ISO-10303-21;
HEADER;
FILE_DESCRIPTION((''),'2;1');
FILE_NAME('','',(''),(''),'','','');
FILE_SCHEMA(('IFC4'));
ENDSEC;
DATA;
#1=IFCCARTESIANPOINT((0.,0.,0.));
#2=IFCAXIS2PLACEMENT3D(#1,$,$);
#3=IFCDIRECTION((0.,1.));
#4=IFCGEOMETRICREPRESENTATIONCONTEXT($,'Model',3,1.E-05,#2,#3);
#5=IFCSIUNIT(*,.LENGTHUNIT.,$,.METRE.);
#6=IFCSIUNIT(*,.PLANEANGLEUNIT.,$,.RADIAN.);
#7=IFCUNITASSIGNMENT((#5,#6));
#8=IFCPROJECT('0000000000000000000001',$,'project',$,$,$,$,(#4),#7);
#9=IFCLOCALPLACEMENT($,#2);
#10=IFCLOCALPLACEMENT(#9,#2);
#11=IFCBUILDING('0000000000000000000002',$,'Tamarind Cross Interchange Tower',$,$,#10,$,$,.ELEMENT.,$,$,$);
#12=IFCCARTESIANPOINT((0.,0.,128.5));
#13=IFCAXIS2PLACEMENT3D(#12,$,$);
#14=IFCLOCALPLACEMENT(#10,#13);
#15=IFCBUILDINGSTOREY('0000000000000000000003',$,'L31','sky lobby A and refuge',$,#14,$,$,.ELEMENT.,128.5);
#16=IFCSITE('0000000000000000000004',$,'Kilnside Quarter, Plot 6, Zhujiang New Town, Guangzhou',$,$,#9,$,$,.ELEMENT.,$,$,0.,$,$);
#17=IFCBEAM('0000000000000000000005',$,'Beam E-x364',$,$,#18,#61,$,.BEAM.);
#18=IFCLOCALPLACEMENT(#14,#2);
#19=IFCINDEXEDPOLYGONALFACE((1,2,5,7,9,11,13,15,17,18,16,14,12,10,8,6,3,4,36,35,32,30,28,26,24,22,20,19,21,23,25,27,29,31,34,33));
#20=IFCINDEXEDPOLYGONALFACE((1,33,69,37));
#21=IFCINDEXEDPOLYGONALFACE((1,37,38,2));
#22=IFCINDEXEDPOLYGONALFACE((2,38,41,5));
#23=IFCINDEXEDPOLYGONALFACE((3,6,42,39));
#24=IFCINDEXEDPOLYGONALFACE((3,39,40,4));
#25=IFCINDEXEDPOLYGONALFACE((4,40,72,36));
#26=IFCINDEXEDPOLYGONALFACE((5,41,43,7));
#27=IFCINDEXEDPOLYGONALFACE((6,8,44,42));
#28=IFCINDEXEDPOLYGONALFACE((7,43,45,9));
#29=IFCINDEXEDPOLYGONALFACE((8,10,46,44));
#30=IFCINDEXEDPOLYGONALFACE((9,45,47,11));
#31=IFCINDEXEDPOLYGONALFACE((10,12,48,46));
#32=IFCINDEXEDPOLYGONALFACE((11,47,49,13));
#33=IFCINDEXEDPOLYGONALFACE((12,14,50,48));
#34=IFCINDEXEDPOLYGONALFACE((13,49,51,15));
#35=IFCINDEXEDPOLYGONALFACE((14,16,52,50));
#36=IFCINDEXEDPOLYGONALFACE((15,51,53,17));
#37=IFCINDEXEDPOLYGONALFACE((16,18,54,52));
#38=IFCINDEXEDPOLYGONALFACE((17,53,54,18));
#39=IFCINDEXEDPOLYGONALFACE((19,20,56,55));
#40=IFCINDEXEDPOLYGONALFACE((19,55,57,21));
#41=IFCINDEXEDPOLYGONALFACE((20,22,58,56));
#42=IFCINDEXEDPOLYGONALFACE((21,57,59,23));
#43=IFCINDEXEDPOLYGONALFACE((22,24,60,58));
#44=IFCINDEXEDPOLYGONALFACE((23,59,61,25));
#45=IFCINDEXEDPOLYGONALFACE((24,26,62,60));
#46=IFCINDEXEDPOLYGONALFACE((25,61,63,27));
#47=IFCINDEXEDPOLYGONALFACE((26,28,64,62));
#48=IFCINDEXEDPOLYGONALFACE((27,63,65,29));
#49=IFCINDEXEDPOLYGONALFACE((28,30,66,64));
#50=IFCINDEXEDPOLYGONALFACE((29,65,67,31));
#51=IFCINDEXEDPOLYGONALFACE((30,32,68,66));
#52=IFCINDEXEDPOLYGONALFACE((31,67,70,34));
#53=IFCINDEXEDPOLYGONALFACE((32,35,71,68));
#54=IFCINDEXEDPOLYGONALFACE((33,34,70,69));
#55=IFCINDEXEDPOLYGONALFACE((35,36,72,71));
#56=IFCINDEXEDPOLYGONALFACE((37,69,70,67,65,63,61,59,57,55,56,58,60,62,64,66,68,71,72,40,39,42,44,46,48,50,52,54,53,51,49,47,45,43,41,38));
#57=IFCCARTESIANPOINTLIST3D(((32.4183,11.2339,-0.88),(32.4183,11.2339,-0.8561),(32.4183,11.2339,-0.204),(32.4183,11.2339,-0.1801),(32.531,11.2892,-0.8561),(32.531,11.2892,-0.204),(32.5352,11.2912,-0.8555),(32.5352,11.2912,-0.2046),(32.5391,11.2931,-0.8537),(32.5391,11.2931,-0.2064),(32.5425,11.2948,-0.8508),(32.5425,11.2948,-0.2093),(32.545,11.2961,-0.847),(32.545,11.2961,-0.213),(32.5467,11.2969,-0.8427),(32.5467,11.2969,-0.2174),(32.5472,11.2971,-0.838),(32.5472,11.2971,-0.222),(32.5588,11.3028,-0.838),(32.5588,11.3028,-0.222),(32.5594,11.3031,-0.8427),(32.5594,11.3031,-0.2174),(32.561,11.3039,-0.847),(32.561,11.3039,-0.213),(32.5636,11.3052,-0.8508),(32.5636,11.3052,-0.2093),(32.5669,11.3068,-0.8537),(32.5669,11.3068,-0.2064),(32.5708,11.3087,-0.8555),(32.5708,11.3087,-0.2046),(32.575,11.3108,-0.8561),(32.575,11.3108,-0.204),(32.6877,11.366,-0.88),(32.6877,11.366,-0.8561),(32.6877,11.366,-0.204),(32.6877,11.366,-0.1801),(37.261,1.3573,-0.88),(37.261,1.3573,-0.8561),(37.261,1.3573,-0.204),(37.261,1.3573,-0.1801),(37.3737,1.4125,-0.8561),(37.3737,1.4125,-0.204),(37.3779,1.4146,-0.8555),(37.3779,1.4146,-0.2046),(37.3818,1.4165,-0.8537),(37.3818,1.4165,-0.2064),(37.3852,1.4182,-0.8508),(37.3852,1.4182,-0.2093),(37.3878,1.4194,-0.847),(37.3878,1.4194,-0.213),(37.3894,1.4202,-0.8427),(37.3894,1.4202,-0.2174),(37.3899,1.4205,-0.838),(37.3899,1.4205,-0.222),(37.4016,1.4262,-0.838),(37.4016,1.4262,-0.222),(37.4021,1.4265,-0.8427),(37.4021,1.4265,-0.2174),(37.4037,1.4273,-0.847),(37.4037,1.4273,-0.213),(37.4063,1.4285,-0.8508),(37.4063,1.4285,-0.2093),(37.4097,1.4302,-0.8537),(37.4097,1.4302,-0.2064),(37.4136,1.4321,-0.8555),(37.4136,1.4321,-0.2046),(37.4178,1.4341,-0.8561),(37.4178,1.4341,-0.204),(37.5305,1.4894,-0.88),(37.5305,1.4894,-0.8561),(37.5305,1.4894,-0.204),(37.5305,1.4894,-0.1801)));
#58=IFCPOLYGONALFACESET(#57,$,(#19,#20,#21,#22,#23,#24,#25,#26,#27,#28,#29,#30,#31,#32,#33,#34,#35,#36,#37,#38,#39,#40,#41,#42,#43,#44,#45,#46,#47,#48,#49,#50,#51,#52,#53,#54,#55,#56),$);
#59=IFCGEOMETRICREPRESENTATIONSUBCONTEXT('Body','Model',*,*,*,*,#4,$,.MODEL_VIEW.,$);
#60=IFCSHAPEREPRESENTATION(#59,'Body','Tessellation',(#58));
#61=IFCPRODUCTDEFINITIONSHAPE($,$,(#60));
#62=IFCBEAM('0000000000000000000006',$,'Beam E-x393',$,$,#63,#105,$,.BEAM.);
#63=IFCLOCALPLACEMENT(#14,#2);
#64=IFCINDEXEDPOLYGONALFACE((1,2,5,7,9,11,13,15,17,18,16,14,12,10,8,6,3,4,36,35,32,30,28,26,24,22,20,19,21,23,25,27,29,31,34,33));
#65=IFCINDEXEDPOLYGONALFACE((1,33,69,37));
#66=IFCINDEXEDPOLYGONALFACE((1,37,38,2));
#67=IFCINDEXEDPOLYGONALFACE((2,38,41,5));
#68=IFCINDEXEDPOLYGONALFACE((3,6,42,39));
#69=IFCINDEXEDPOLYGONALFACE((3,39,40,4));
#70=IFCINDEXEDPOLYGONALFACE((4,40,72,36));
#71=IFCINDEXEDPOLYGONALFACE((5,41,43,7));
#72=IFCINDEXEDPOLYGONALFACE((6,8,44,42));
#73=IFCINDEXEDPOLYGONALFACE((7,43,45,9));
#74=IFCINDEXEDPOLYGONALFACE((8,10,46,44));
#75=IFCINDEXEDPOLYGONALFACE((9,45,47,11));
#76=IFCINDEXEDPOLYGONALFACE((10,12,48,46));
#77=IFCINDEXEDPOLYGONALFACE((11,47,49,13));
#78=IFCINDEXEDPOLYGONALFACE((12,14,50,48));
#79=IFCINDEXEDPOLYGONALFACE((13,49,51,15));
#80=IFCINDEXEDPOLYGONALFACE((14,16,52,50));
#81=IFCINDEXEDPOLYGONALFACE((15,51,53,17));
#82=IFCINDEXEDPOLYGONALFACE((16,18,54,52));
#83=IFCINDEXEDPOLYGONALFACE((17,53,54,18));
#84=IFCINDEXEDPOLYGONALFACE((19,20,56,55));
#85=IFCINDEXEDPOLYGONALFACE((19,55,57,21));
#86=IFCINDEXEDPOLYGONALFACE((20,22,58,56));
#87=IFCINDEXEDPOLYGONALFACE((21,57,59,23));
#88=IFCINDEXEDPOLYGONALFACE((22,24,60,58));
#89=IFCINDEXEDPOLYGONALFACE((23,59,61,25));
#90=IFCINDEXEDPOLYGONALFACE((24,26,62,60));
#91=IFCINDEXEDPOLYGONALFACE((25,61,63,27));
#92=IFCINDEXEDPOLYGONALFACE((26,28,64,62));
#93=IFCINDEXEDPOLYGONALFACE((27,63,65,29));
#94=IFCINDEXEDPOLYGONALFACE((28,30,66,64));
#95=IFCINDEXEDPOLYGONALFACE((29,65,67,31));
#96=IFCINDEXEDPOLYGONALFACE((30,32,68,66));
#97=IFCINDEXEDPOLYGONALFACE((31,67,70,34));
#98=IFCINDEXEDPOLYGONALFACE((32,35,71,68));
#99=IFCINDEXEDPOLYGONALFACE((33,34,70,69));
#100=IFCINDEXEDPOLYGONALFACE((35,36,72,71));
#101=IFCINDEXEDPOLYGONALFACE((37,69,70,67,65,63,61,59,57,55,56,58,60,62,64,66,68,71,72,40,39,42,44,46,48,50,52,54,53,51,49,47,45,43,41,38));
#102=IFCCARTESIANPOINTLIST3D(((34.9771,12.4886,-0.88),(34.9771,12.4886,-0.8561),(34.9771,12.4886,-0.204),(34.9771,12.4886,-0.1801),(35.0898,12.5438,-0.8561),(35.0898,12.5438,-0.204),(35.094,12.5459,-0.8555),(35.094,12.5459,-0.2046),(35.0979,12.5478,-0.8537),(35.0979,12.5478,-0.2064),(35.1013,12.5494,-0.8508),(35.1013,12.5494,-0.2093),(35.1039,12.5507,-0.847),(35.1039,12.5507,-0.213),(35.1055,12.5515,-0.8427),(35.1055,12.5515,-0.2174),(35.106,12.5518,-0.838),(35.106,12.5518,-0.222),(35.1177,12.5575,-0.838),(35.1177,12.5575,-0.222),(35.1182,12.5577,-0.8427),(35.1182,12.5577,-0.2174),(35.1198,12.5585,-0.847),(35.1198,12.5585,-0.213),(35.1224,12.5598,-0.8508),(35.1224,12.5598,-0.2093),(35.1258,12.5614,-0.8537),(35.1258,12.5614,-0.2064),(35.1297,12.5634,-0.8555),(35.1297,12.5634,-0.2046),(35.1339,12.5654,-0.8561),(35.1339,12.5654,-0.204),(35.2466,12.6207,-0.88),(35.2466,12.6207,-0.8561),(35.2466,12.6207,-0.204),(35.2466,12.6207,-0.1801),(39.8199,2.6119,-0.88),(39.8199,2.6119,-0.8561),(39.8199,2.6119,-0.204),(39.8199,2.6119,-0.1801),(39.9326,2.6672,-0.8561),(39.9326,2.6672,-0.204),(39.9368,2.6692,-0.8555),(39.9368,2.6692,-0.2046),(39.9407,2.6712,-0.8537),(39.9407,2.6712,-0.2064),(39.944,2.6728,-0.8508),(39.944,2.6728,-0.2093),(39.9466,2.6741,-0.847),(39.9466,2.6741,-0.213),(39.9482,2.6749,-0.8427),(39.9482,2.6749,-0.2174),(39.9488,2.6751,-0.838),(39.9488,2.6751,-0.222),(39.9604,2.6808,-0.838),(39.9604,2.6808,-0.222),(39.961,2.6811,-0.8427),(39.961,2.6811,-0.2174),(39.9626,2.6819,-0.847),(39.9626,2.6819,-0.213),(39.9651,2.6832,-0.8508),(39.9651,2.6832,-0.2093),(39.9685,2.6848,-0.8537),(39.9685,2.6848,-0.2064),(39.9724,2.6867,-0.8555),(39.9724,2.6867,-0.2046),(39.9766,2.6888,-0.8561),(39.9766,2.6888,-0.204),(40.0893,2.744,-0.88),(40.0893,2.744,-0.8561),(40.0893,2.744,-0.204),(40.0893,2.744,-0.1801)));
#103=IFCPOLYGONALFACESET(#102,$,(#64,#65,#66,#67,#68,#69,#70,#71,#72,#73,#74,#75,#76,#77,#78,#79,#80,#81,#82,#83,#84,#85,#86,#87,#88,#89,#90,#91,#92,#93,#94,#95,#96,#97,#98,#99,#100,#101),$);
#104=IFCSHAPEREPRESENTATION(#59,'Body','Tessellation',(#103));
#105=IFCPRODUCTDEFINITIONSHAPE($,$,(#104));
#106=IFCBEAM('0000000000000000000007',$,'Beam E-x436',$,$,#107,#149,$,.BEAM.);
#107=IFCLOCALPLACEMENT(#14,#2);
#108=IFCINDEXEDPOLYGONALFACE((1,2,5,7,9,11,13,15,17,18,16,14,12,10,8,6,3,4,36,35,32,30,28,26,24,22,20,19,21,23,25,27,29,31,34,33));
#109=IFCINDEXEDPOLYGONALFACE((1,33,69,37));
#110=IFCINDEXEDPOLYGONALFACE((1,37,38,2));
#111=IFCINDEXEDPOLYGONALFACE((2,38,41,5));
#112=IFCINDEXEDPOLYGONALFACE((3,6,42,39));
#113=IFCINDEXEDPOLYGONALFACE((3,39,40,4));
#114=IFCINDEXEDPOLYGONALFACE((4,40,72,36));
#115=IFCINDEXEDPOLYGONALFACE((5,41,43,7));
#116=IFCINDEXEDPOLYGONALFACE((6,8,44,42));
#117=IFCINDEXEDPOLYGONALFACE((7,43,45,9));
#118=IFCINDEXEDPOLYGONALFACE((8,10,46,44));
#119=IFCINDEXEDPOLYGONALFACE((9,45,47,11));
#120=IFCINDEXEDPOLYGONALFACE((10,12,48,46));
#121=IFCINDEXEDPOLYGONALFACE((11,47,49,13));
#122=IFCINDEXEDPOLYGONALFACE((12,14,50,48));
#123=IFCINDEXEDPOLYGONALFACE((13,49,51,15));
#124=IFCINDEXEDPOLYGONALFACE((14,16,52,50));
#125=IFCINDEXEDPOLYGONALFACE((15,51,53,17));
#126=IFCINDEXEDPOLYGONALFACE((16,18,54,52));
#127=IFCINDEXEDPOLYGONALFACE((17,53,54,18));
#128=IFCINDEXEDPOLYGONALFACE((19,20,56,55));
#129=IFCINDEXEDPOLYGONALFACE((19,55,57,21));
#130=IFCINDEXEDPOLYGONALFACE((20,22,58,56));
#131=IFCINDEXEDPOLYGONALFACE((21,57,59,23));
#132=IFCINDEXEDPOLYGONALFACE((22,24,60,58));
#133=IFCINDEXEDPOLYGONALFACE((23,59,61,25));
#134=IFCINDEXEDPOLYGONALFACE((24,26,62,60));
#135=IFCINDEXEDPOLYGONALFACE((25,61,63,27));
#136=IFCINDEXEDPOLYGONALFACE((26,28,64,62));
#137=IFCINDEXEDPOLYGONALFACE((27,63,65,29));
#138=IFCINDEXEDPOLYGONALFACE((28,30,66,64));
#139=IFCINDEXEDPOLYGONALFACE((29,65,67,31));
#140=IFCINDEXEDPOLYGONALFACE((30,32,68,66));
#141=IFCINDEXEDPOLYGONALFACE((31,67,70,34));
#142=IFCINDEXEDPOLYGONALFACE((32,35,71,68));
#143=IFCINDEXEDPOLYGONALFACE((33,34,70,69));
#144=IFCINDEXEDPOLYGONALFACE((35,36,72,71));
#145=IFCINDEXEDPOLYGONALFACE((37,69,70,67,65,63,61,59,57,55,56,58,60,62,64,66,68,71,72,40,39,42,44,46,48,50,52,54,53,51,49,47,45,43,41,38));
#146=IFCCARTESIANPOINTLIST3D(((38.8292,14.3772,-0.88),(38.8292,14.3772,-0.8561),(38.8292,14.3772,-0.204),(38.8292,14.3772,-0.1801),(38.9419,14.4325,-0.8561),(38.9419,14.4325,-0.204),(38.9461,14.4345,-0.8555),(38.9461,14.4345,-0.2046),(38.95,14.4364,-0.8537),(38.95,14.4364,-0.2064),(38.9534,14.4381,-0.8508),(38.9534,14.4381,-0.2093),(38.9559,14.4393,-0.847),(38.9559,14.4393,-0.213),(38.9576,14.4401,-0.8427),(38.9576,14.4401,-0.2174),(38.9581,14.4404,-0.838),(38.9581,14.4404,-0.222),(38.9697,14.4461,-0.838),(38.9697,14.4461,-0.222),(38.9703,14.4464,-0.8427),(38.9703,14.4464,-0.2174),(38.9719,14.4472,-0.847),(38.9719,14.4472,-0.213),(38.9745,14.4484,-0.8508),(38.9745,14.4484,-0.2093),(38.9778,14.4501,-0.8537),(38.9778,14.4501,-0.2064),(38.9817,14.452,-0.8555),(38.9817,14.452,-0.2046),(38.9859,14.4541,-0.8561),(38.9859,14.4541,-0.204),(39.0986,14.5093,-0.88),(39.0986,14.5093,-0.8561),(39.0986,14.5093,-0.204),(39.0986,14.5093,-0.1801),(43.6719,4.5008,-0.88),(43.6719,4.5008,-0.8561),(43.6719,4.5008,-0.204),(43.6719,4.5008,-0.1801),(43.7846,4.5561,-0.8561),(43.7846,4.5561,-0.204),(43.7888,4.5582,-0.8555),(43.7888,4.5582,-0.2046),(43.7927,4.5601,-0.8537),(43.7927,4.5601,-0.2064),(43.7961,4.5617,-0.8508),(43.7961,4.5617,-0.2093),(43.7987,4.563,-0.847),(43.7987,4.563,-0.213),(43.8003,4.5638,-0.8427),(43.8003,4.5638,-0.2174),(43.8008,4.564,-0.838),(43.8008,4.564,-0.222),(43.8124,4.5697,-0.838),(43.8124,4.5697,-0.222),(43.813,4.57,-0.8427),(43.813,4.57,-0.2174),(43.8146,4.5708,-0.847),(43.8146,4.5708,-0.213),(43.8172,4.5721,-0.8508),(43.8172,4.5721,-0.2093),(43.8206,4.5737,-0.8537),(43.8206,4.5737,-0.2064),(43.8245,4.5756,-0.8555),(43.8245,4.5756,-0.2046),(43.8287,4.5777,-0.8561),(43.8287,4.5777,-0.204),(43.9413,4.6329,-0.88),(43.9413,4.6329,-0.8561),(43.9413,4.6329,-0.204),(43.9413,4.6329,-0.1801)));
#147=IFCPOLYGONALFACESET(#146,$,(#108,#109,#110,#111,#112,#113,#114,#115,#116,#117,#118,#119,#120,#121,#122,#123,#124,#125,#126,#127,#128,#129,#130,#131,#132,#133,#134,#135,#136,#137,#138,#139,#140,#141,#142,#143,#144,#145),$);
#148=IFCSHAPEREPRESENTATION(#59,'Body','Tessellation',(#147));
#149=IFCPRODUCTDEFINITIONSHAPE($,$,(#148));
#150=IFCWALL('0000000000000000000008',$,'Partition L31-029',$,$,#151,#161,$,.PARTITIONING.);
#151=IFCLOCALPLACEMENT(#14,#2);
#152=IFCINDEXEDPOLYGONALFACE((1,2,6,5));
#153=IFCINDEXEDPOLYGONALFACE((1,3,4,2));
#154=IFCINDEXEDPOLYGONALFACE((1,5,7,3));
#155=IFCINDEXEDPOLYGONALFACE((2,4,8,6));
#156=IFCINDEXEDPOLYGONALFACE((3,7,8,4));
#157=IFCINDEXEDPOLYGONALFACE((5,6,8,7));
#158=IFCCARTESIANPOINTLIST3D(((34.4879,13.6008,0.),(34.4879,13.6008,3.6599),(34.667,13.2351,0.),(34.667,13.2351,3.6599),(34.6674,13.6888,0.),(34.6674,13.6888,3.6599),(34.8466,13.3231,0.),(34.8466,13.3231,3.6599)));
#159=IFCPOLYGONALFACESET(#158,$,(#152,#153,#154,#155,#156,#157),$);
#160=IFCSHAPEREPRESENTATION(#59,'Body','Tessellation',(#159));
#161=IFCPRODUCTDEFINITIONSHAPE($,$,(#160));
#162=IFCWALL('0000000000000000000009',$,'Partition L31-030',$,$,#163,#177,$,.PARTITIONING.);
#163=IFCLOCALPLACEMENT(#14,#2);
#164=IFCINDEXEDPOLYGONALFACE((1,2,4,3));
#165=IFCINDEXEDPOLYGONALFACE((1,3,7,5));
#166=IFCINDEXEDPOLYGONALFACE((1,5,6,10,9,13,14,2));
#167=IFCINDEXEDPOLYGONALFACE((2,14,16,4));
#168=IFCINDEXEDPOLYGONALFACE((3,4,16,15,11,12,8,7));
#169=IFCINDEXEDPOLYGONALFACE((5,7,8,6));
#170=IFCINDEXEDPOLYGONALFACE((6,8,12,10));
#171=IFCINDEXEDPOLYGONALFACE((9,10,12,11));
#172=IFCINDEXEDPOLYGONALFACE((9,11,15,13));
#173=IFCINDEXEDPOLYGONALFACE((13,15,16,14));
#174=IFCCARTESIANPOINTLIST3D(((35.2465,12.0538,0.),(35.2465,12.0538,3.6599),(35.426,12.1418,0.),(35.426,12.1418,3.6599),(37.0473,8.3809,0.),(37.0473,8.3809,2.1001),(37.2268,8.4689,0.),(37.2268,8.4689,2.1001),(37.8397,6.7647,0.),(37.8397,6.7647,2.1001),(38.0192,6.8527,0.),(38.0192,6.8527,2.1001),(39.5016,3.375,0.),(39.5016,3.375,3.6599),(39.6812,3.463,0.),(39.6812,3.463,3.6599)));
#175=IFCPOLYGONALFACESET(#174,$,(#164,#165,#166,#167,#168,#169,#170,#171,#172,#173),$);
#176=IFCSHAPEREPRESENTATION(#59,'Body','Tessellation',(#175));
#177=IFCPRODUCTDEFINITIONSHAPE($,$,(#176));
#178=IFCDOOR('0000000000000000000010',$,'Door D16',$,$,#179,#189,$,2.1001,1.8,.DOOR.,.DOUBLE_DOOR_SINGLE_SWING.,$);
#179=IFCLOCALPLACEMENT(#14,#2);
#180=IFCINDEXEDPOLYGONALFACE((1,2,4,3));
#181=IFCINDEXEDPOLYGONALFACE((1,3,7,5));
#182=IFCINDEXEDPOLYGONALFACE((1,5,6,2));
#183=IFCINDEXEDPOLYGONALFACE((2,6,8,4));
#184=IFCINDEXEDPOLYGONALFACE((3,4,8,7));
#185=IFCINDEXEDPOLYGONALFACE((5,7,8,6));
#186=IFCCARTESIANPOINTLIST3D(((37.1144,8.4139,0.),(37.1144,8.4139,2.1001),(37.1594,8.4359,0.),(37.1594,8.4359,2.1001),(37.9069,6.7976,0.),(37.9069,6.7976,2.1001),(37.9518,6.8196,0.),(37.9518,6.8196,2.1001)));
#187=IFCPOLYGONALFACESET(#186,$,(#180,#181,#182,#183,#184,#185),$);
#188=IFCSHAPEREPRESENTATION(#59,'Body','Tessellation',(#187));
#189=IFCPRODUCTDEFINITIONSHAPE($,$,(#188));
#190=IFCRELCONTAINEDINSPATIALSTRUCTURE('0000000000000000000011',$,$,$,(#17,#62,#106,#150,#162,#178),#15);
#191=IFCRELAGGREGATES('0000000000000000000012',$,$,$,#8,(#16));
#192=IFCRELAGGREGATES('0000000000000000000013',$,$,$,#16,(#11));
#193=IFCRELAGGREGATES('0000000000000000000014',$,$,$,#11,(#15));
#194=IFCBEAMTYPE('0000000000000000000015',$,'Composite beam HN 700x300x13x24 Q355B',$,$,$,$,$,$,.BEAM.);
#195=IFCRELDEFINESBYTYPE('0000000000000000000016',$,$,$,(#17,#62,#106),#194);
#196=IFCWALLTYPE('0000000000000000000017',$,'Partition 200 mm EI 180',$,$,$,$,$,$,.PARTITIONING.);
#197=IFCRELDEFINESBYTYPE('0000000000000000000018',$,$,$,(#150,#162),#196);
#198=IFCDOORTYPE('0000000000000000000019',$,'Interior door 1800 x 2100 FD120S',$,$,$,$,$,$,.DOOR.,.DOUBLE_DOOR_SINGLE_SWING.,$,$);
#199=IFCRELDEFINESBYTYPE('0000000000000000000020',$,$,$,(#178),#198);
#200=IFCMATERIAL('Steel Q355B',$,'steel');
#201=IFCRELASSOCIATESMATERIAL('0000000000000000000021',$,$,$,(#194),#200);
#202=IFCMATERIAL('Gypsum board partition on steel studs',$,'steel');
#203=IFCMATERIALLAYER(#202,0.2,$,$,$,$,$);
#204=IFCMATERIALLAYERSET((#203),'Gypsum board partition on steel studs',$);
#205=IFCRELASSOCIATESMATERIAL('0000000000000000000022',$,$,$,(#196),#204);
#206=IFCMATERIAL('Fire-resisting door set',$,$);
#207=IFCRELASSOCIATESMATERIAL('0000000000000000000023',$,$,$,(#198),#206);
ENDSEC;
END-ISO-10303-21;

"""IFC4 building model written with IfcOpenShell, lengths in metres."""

from ifc_helpers import new_model, si_unit, direction, frame, frame_2d, origin, origin_2d, place, context, subcontext, project, spatial, rectangle, i_section, extrude, material, layer, layer_set, material_profile, profile_set, type_object, element, fill, save


model = new_model("IFC4")

# Units and contexts
model_context = context("Model", 3, precision=1e-05, world=origin(), true_north=direction((0.0, 1.0)))
body_context = subcontext(model_context, "Body", "Model", "MODEL_VIEW")
ifc_project = project(units=[si_unit("LENGTHUNIT", "METRE"), si_unit("PLANEANGLEUNIT", "RADIAN")], contexts=[model_context])

# Site, building, storey
site_placement = place(None, origin())
site = spatial("IfcSite", under=ifc_project, at=site_placement, Name="Kilnside Quarter, Plot 6, Zhujiang New Town, Guangzhou", CompositionType="ELEMENT", RefElevation=0.0)
building_placement = place(site_placement, origin())
building = spatial("IfcBuilding", under=site, at=building_placement, Name="Tamarind Cross Interchange Tower", CompositionType="ELEMENT")
storey_placement = place(building_placement, frame((0.0, 0.0, 128.5)))
storey = spatial("IfcBuildingStorey", under=building, at=storey_placement, Name="L31", Description="sky lobby A and refuge", CompositionType="ELEMENT", Elevation=128.5)

# Beams
ifc_material_1 = material(Name="Steel Q355B", Category="steel")
ifc_material_profile_1 = material_profile(ifc_material_1, i_section(OverallWidth=0.3, OverallDepth=0.7, WebThickness=0.0129, FlangeThickness=0.0239, FilletRadius=0.0181, at=origin_2d()), Name="HN 700x300x13x24")
ifc_profile_set_1 = profile_set([ifc_material_profile_1], Name="Steel Q355B")
beam_type_1 = type_object("IfcBeamType", Name="Composite beam HN 700x300x13x24 Q355B", PredefinedType="BEAM", material=ifc_profile_set_1)
for number, where, z_axis, x_axis, name in (
    (1, (37.3958, 1.4233, -0.53), (-0.440249, 0.897876, 0.0), (-0.897876, -0.440249, 0.0), "Beam E-x364"),
    (2, (39.9546, 2.678, -0.53), (-0.440249, 0.897876, 0.0), (-0.897876, -0.440249, 0.0), "Beam E-x393"),
):
    element("IfcBeam", number, at=place(storey_placement, frame(where, z_axis=z_axis, x_axis=x_axis)), inside=storey, type_object=beam_type_1, Name=name, PredefinedType="BEAM", context=body_context, shape_type="SweptSolid", body=[
        extrude(i_section(OverallWidth=0.3, OverallDepth=0.7, WebThickness=0.0129, FlangeThickness=0.0239, FilletRadius=0.0181, at=origin_2d()), origin(), (0.0, 0.0, 1.0), 11.0),
    ])
beam_1_placement = place(storey_placement, frame((43.8066, 4.5669, -0.53), z_axis=(-0.440258, 0.897872, 0.0), x_axis=(-0.897872, -0.440258, 0.0)))
element("IfcBeam", 3, at=beam_1_placement, inside=storey, type_object=beam_type_1, Name="Beam E-x436", PredefinedType="BEAM", context=body_context, shape_type="SweptSolid", body=[
    extrude(i_section(OverallWidth=0.3, OverallDepth=0.7, WebThickness=0.0129, FlangeThickness=0.0239, FilletRadius=0.0181, at=origin_2d()), origin(), (0.0, 0.0, 1.0), 10.9998),
])

# Wall
ifc_material_2 = material(Name="Gypsum board partition on steel studs", Category="steel")
ifc_layer_1 = layer(ifc_material_2, 0.2)
ifc_layer_set_1 = layer_set([ifc_layer_1], Name="Gypsum board partition on steel studs")
wall_type_1 = type_object("IfcWallType", Name="Partition 200 mm EI 180", PredefinedType="PARTITIONING", material=ifc_layer_set_1)
wall_1_placement = place(storey_placement, frame((34.5776, 13.6448, 0.0), z_axis=(0.0, 0.0, 1.0), x_axis=(0.440006, -0.897995, 0.0)))
element("IfcWall", 4, at=wall_1_placement, inside=storey, type_object=wall_type_1, Name="Partition L31-029", PredefinedType="PARTITIONING", context=body_context, shape_type="SweptSolid", body=[
    extrude(rectangle(XDim=0.4072, YDim=0.2, at=frame_2d((0.2036, 0.0))), origin(), (0.0, 0.0, 1.0), 3.6599),
])

# Wall, opening, door
wall_2_placement = place(storey_placement, frame((35.3362, 12.0979, 0.0), z_axis=(0.0, 0.0, 1.0), x_axis=(0.440229, -0.897886, 0.0)))
wall_2 = element("IfcWall", 5, at=wall_2_placement, inside=storey, type_object=wall_type_1, Name="Partition L31-030", PredefinedType="PARTITIONING", context=body_context, shape_type="SweptSolid", body=[
    extrude(rectangle(XDim=9.6658, YDim=0.2, at=frame_2d((4.833, 0.0))), origin(), (0.0, 0.0, 1.0), 3.6599),
])
opening_1_placement = place(wall_2_placement, frame((4.0908, 0.0, 0.0)))
opening_1 = element("IfcOpeningElement", 6, at=opening_1_placement, cuts=wall_2, PredefinedType="OPENING", context=body_context, shape_type="SweptSolid", body=[
    extrude(rectangle(XDim=1.8, YDim=2.1001, at=frame_2d((0.8999, 1.05))), frame((0.0, 0.1099, 0.0), z_axis=(0.0, -1.0, 0.0), x_axis=(1.0, 0.0, 0.0)), (0.0, 0.0, 1.0), 0.22),
])
ifc_material_3 = material(Name="Fire-resisting door set")
door_type = type_object("IfcDoorType", Name="Interior door 1800 x 2100 FD120S", OperationType="DOUBLE_DOOR_SINGLE_SWING", PredefinedType="DOOR", material=ifc_material_3)
door_placement = place(opening_1_placement, origin())
door = element("IfcDoor", 7, at=door_placement, inside=storey, type_object=door_type, Name="Door D16", OperationType="DOUBLE_DOOR_SINGLE_SWING", OverallHeight=2.1001, OverallWidth=1.8, PredefinedType="DOOR", context=body_context, shape_type="SweptSolid", body=[
    extrude(rectangle(XDim=1.8, YDim=2.1001, at=frame_2d((0.8999, 1.05))), frame((0.0, 0.0249, 0.0), z_axis=(0.0, -1.0, 0.0), x_axis=(1.0, 0.0, 0.0)), (0.0, 0.0, 1.0), 0.05),
])
fill(opening_1, door)

save(model, "model.ifc")
